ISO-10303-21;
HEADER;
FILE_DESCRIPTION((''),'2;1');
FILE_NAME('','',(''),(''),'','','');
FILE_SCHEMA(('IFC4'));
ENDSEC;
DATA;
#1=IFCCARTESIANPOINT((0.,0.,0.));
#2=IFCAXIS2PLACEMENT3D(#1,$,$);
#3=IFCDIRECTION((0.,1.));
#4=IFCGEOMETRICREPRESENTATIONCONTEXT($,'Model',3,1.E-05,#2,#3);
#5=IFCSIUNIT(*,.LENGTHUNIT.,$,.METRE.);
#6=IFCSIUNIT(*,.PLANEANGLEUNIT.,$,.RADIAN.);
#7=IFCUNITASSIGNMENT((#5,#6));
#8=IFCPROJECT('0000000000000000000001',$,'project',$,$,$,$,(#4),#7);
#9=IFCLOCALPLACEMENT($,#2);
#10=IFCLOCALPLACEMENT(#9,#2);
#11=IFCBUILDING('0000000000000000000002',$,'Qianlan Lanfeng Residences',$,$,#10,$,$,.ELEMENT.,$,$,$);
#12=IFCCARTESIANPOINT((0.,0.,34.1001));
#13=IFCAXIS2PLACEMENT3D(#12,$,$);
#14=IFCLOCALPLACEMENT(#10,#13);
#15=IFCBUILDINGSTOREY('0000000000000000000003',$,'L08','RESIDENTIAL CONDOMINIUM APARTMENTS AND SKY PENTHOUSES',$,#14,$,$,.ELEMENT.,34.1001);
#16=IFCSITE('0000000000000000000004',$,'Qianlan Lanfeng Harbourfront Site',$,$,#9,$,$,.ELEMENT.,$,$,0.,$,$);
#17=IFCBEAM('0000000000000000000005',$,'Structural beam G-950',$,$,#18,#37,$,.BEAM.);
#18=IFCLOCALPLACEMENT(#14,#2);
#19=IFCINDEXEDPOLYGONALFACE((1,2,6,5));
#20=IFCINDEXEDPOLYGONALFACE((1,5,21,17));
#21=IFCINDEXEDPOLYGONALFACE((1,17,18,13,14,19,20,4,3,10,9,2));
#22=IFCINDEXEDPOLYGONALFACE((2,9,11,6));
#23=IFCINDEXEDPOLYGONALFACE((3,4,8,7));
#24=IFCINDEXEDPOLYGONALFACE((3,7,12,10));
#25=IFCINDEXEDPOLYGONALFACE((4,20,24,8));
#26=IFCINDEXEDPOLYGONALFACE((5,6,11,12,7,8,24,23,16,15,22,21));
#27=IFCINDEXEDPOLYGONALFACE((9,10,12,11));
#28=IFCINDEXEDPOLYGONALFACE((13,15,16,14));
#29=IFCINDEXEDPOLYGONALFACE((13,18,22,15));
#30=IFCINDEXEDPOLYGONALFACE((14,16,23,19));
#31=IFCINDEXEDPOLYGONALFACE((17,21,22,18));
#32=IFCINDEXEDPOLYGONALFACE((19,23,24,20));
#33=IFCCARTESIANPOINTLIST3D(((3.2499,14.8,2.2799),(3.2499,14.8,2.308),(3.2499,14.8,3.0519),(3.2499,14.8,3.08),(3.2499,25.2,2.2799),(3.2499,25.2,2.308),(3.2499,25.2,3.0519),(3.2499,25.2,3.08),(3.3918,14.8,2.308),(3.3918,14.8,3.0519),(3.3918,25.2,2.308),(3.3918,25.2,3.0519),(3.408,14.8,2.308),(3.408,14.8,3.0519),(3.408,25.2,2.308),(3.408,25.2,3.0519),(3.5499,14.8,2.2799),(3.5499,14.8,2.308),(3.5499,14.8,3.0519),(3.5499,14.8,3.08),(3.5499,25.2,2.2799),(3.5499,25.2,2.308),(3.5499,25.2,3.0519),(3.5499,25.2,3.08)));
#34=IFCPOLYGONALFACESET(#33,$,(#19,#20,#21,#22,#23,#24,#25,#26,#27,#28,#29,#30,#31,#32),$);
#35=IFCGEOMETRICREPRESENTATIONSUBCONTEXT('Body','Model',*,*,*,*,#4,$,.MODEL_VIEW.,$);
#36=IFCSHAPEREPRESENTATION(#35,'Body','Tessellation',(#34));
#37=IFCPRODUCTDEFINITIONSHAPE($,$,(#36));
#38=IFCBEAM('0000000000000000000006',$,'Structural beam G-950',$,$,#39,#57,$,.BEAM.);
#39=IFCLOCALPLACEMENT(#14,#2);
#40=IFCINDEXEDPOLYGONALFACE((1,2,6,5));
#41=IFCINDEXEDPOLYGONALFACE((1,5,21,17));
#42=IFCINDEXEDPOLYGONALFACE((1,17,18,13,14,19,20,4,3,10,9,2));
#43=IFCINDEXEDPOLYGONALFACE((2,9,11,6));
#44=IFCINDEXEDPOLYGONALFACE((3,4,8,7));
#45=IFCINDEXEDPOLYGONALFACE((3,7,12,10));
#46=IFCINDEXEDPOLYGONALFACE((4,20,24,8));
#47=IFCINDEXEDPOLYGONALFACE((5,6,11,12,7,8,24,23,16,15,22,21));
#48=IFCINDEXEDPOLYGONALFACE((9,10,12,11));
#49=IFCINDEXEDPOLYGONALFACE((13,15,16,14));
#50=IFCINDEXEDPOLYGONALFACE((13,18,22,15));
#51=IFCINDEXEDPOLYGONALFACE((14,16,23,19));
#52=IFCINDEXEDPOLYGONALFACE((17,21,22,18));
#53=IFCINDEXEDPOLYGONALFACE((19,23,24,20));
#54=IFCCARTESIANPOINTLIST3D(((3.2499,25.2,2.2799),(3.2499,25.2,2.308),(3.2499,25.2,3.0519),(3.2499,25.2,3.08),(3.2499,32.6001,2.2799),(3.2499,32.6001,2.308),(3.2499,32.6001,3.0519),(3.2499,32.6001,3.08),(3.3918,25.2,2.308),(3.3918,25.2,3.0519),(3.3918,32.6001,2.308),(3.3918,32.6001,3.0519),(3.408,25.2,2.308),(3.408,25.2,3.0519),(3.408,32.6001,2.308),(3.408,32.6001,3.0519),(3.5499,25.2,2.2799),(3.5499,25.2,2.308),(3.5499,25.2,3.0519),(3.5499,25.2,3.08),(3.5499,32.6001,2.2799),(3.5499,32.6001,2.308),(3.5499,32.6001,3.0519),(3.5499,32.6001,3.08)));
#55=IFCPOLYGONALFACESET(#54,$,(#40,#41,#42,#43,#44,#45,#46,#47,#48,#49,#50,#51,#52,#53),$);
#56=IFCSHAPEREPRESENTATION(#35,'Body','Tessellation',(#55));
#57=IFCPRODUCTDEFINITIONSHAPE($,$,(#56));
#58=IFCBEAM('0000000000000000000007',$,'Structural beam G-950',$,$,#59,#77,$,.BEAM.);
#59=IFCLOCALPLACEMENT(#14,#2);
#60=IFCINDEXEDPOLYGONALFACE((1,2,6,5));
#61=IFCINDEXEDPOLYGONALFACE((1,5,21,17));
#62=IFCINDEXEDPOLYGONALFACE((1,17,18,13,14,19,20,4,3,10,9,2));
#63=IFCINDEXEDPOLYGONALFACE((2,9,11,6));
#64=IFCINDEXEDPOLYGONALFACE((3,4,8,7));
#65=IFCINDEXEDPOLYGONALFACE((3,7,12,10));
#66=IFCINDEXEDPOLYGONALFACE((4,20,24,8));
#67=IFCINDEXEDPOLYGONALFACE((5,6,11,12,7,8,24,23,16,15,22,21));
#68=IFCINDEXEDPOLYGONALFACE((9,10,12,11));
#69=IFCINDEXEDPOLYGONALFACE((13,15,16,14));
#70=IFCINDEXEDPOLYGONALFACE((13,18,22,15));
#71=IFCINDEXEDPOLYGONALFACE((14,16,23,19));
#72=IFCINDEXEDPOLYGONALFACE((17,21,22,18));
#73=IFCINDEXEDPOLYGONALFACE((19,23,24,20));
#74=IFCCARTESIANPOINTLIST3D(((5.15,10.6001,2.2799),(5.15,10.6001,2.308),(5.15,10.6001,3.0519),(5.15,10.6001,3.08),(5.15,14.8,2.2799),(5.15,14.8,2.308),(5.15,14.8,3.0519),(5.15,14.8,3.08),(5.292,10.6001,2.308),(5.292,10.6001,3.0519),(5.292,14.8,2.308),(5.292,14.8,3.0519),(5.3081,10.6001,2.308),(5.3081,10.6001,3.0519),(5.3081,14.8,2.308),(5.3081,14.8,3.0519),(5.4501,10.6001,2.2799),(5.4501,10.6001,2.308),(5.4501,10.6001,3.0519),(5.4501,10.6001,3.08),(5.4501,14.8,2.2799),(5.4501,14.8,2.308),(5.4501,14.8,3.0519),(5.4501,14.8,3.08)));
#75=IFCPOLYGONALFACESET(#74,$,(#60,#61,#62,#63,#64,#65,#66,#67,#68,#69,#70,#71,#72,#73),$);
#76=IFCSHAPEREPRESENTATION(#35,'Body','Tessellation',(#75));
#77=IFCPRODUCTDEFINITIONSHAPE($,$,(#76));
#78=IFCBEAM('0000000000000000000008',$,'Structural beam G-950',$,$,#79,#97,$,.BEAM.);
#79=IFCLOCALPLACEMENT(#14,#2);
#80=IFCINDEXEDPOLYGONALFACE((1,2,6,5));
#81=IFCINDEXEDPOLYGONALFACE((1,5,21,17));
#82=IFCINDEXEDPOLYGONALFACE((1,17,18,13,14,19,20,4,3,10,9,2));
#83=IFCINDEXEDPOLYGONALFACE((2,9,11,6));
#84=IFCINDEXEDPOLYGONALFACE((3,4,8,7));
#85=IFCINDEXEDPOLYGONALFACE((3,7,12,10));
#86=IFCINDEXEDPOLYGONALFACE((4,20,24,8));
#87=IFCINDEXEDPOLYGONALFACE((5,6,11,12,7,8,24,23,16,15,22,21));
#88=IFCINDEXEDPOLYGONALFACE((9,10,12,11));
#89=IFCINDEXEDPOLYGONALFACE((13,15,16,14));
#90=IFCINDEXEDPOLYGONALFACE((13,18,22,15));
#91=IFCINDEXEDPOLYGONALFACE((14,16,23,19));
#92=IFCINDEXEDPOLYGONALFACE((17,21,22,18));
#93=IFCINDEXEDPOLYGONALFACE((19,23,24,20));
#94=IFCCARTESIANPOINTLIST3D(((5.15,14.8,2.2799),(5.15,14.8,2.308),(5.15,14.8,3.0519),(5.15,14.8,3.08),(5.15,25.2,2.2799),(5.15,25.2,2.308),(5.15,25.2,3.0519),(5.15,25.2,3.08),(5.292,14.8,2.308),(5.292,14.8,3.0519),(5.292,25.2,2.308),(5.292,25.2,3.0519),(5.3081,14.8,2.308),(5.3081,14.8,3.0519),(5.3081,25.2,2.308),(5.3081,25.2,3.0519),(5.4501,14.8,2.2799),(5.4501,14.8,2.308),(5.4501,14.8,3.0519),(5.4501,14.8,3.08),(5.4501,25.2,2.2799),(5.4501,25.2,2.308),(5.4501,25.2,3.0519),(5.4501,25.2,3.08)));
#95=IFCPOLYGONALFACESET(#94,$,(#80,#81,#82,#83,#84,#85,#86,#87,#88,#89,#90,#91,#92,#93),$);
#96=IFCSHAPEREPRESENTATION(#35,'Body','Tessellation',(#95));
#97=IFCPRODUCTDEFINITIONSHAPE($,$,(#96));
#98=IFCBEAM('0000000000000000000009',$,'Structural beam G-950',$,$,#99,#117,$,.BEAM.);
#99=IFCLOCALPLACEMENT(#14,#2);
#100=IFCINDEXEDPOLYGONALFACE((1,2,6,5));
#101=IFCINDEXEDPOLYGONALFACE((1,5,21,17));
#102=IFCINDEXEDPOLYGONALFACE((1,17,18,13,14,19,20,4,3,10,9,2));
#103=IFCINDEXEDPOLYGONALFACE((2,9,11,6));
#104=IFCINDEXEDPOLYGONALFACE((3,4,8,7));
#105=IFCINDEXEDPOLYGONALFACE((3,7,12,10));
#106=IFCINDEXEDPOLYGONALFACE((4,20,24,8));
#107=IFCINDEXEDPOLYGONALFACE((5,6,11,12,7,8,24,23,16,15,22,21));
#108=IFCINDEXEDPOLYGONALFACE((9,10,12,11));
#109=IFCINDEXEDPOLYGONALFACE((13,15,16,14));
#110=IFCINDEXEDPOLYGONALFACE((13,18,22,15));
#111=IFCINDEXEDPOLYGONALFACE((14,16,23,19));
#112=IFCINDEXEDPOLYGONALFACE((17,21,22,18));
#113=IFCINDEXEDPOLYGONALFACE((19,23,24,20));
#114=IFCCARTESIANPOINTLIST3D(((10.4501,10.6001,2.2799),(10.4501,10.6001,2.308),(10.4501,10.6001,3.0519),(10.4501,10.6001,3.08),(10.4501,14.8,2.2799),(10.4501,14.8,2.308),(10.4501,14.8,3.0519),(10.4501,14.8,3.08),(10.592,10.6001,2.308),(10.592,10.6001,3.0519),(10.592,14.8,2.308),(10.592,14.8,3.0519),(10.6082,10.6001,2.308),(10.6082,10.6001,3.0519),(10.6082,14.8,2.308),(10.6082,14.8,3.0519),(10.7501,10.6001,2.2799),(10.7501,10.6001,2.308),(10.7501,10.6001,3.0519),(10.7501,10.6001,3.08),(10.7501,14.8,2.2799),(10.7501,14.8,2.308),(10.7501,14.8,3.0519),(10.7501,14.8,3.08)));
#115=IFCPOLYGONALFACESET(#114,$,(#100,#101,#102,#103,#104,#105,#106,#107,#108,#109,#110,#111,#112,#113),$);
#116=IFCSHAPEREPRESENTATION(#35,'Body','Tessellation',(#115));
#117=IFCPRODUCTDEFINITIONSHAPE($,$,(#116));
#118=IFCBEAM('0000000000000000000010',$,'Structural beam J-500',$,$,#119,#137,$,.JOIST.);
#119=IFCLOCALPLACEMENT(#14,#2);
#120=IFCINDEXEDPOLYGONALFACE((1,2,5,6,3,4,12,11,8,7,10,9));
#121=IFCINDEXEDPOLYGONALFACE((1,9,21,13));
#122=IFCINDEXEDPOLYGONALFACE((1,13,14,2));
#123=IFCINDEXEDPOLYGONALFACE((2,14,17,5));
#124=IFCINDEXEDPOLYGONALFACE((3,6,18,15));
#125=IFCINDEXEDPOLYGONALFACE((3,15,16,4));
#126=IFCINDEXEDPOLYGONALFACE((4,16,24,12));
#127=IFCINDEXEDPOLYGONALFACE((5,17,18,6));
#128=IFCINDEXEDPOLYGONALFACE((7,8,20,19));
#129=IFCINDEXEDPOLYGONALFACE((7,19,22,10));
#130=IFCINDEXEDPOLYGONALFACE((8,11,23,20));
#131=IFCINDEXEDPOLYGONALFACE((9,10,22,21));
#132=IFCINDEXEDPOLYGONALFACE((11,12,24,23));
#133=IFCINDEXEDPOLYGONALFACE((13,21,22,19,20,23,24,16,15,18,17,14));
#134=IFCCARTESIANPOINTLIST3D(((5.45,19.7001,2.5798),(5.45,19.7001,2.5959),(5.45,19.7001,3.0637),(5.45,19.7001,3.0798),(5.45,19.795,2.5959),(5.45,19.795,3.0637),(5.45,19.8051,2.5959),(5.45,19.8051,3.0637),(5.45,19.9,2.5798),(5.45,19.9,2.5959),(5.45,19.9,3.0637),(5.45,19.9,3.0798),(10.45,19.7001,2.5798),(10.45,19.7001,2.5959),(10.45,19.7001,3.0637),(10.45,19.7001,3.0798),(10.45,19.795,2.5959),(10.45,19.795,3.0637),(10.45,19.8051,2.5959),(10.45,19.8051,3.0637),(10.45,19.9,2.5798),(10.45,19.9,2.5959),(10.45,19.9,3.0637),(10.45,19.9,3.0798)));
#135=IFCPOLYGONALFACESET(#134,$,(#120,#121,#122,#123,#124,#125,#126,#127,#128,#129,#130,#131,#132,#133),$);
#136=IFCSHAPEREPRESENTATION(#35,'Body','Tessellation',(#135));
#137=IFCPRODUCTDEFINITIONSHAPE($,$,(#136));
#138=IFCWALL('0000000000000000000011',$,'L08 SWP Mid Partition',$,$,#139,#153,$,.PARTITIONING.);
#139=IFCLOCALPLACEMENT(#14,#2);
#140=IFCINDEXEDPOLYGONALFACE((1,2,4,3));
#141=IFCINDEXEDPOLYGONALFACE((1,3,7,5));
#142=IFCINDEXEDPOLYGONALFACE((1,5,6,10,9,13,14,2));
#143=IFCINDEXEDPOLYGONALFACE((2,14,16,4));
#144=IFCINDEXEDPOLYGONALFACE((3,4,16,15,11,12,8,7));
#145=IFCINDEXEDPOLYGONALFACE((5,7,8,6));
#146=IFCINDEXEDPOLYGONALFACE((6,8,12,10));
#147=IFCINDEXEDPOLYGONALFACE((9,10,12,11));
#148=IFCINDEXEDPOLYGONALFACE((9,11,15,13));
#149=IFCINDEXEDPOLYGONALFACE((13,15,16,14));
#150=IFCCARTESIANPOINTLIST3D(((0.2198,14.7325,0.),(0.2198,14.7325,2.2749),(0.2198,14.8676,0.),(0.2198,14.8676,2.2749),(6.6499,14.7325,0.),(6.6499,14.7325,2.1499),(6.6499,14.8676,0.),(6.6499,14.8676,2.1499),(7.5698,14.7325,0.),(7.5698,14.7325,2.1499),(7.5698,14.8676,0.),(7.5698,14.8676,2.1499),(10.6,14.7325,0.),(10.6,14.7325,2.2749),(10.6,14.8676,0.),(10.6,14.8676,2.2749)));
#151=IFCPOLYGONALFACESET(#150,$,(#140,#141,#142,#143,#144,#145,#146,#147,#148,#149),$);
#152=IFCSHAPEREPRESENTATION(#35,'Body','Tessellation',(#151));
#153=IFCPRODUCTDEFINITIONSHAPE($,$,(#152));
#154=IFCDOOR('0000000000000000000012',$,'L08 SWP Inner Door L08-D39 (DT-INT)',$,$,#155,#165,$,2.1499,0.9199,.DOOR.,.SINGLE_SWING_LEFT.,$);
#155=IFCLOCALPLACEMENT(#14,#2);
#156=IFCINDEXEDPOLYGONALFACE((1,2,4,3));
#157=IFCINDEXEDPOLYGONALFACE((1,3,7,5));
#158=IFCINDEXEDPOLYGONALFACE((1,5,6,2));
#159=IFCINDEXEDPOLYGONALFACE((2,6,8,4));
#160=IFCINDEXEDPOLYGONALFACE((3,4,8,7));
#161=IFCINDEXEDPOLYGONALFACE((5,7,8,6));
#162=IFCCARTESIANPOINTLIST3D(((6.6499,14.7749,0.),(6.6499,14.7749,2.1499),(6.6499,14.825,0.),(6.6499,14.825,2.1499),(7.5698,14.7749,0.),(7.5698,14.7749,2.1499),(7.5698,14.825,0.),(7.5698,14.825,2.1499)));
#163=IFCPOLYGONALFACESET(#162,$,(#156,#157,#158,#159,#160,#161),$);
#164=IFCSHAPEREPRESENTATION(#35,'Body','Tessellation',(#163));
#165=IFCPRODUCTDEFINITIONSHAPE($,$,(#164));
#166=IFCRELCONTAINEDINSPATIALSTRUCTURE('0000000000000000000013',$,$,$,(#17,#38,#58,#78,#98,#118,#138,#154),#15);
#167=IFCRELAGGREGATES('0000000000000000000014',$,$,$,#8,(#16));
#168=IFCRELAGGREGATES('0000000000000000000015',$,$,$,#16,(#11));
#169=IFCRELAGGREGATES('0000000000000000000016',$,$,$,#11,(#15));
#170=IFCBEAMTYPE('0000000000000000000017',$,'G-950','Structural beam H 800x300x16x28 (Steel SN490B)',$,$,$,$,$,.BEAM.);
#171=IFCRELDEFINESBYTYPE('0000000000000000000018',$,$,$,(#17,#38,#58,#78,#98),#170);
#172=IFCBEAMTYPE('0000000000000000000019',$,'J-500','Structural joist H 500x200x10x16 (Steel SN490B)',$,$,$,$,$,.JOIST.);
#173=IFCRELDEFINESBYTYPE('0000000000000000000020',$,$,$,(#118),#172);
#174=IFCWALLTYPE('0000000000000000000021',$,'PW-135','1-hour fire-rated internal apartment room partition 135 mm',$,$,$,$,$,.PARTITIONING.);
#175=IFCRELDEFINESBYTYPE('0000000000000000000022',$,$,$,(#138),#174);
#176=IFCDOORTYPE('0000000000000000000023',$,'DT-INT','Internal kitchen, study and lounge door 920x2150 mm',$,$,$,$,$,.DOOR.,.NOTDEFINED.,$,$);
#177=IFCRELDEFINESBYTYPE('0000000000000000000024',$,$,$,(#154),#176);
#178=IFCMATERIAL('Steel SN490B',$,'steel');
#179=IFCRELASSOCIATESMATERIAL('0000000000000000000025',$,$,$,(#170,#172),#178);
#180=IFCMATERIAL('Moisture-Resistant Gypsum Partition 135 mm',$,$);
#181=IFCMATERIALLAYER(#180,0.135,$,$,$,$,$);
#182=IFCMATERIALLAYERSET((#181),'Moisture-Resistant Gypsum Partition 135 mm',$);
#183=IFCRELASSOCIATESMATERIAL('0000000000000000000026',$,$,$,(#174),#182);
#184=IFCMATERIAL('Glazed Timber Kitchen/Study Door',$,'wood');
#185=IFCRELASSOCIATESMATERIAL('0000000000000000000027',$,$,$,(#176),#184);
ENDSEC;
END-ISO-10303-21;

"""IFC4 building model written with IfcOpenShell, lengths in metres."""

from ifc_helpers import new_model, si_unit, direction, frame, frame_2d, origin, origin_2d, place, context, subcontext, project, spatial, rectangle, i_section, extrude, material, layer, layer_set, material_profile, profile_set, type_object, element, fill, save


model = new_model("IFC4")

# Units and contexts
model_context = context("Model", 3, precision=1e-05, world=origin(), true_north=direction((0.0, 1.0)))
body_context = subcontext(model_context, "Body", "Model", "MODEL_VIEW")
ifc_project = project(units=[si_unit("LENGTHUNIT", "METRE"), si_unit("PLANEANGLEUNIT", "RADIAN")], contexts=[model_context])

# Site, building, storey
site_placement = place(None, origin())
site = spatial("IfcSite", under=ifc_project, at=site_placement, Name="Qianlan Lanfeng Harbourfront Site", CompositionType="ELEMENT", RefElevation=0.0)
building_placement = place(site_placement, origin())
building = spatial("IfcBuilding", under=site, at=building_placement, Name="Qianlan Lanfeng Residences", CompositionType="ELEMENT")
storey_placement = place(building_placement, frame((0.0, 0.0, 34.1001)))
storey = spatial("IfcBuildingStorey", under=building, at=storey_placement, Name="L08", Description="RESIDENTIAL CONDOMINIUM APARTMENTS AND SKY PENTHOUSES", CompositionType="ELEMENT", Elevation=34.1001)

# Beams
ifc_material_1 = material(Name="Steel SN490B", Category="steel")
ifc_material_profile_1 = material_profile(ifc_material_1, i_section(OverallWidth=0.3, OverallDepth=0.8, WebThickness=0.0161, FlangeThickness=0.0281, at=origin_2d()), Name="H 800x300x16x28")
ifc_profile_set_1 = profile_set([ifc_material_profile_1], Name="Steel SN490B")
beam_type_1 = type_object("IfcBeamType", Name="G-950", Description="Structural beam H 800x300x16x28 (Steel SN490B)", PredefinedType="BEAM", material=ifc_profile_set_1)
beam_1_placement = place(storey_placement, frame((3.3999, 14.8, 2.6799), z_axis=(0.0, 1.0, 0.0), x_axis=(-1.0, 0.0, 0.0)))
element("IfcBeam", 1, at=beam_1_placement, inside=storey, type_object=beam_type_1, Name="Structural beam G-950", PredefinedType="BEAM", context=body_context, shape_type="SweptSolid", body=[
    extrude(i_section(OverallWidth=0.3, OverallDepth=0.8, WebThickness=0.0161, FlangeThickness=0.0281, at=origin_2d()), origin(), (0.0, 0.0, 1.0), 10.3999),
])
beam_2_placement = place(storey_placement, frame((3.3999, 25.2, 2.6799), z_axis=(0.0, 1.0, 0.0), x_axis=(-1.0, 0.0, 0.0)))
element("IfcBeam", 2, at=beam_2_placement, inside=storey, type_object=beam_type_1, Name="Structural beam G-950", PredefinedType="BEAM", context=body_context, shape_type="SweptSolid", body=[
    extrude(i_section(OverallWidth=0.3, OverallDepth=0.8, WebThickness=0.0161, FlangeThickness=0.0281, at=origin_2d()), origin(), (0.0, 0.0, 1.0), 7.4001),
])
beam_3_placement = place(storey_placement, frame((5.3, 10.6001, 2.6799), z_axis=(0.0, 1.0, 0.0), x_axis=(-1.0, 0.0, 0.0)))
element("IfcBeam", 3, at=beam_3_placement, inside=storey, type_object=beam_type_1, Name="Structural beam G-950", PredefinedType="BEAM", context=body_context, shape_type="SweptSolid", body=[
    extrude(i_section(OverallWidth=0.3, OverallDepth=0.8, WebThickness=0.0161, FlangeThickness=0.0281, at=origin_2d()), origin(), (0.0, 0.0, 1.0), 4.2),
])
beam_4_placement = place(storey_placement, frame((5.3, 14.8, 2.6799), z_axis=(0.0, 1.0, 0.0), x_axis=(-1.0, 0.0, 0.0)))
element("IfcBeam", 4, at=beam_4_placement, inside=storey, type_object=beam_type_1, Name="Structural beam G-950", PredefinedType="BEAM", context=body_context, shape_type="SweptSolid", body=[
    extrude(i_section(OverallWidth=0.3, OverallDepth=0.8, WebThickness=0.0161, FlangeThickness=0.0281, at=origin_2d()), origin(), (0.0, 0.0, 1.0), 10.3999),
])
beam_5_placement = place(storey_placement, frame((10.6001, 10.6001, 2.6799), z_axis=(0.0, 1.0, 0.0), x_axis=(-1.0, 0.0, 0.0)))
element("IfcBeam", 5, at=beam_5_placement, inside=storey, type_object=beam_type_1, Name="Structural beam G-950", PredefinedType="BEAM", context=body_context, shape_type="SweptSolid", body=[
    extrude(i_section(OverallWidth=0.3, OverallDepth=0.8, WebThickness=0.0161, FlangeThickness=0.0281, at=origin_2d()), origin(), (0.0, 0.0, 1.0), 4.2),
])
ifc_material_profile_2 = material_profile(ifc_material_1, i_section(OverallWidth=0.2, OverallDepth=0.5, WebThickness=0.01, FlangeThickness=0.0161, at=origin_2d()), Name="H 500x200x10x16")
ifc_profile_set_2 = profile_set([ifc_material_profile_2], Name="Steel SN490B")
beam_type_2 = type_object("IfcBeamType", Name="J-500", Description="Structural joist H 500x200x10x16 (Steel SN490B)", PredefinedType="JOIST", material=ifc_profile_set_2)
beam_6_placement = place(storey_placement, frame((5.45, 19.8, 2.8298), z_axis=(1.0, 0.0, 0.0), x_axis=(0.0, 1.0, 0.0)))
element("IfcBeam", 6, at=beam_6_placement, inside=storey, type_object=beam_type_2, Name="Structural beam J-500", PredefinedType="JOIST", context=body_context, shape_type="SweptSolid", body=[
    extrude(i_section(OverallWidth=0.2, OverallDepth=0.5, WebThickness=0.01, FlangeThickness=0.0161, at=origin_2d()), origin(), (0.0, 0.0, 1.0), 5.0),
])

# Wall, opening, door
ifc_material_2 = material(Name="Moisture-Resistant Gypsum Partition 135 mm")
ifc_layer_1 = layer(ifc_material_2, 0.135)
ifc_layer_set_1 = layer_set([ifc_layer_1], Name="Moisture-Resistant Gypsum Partition 135 mm")
wall_type_1 = type_object("IfcWallType", Name="PW-135", Description="1-hour fire-rated internal apartment room partition 135 mm", PredefinedType="PARTITIONING", material=ifc_layer_set_1)
wall_1_placement = place(storey_placement, frame((0.22, 14.8, 0.0), z_axis=(0.0, 0.0, 1.0), x_axis=(1.0, 0.0, 0.0)))
wall_1 = element("IfcWall", 7, at=wall_1_placement, inside=storey, type_object=wall_type_1, Name="L08 SWP Mid Partition", PredefinedType="PARTITIONING", context=body_context, shape_type="SweptSolid", body=[
    extrude(rectangle(XDim=10.3801, YDim=0.135, at=frame_2d((5.1899, 0.0))), origin(), (0.0, 0.0, 1.0), 2.2749),
])
opening_1_placement = place(wall_1_placement, frame((6.4299, 0.0, 0.0)))
opening_1 = element("IfcOpeningElement", 8, at=opening_1_placement, cuts=wall_1, PredefinedType="OPENING", context=body_context, shape_type="SweptSolid", body=[
    extrude(rectangle(XDim=0.9199, YDim=2.1499, at=frame_2d((0.46, 1.075))), frame((0.0, 0.0776, 0.0), z_axis=(0.0, -1.0, 0.0), x_axis=(1.0, 0.0, 0.0)), (0.0, 0.0, 1.0), 0.155),
])
ifc_material_3 = material(Name="Glazed Timber Kitchen/Study Door", Category="wood")
door_type_1 = type_object("IfcDoorType", Name="DT-INT", Description="Internal kitchen, study and lounge door 920x2150 mm", OperationType="NOTDEFINED", PredefinedType="DOOR", material=ifc_material_3)
door_1_placement = place(opening_1_placement, origin())
door_1 = element("IfcDoor", 9, at=door_1_placement, inside=storey, type_object=door_type_1, Name="L08 SWP Inner Door L08-D39 (DT-INT)", OperationType="SINGLE_SWING_LEFT", OverallHeight=2.1499, OverallWidth=0.9199, PredefinedType="DOOR", context=body_context, shape_type="SweptSolid", body=[
    extrude(rectangle(XDim=0.9199, YDim=2.1499, at=frame_2d((0.46, 1.075))), frame((0.0, 0.0249, 0.0), z_axis=(0.0, -1.0, 0.0), x_axis=(1.0, 0.0, 0.0)), (0.0, 0.0, 1.0), 0.05),
])
fill(opening_1, door_1)

save(model, "model.ifc")
